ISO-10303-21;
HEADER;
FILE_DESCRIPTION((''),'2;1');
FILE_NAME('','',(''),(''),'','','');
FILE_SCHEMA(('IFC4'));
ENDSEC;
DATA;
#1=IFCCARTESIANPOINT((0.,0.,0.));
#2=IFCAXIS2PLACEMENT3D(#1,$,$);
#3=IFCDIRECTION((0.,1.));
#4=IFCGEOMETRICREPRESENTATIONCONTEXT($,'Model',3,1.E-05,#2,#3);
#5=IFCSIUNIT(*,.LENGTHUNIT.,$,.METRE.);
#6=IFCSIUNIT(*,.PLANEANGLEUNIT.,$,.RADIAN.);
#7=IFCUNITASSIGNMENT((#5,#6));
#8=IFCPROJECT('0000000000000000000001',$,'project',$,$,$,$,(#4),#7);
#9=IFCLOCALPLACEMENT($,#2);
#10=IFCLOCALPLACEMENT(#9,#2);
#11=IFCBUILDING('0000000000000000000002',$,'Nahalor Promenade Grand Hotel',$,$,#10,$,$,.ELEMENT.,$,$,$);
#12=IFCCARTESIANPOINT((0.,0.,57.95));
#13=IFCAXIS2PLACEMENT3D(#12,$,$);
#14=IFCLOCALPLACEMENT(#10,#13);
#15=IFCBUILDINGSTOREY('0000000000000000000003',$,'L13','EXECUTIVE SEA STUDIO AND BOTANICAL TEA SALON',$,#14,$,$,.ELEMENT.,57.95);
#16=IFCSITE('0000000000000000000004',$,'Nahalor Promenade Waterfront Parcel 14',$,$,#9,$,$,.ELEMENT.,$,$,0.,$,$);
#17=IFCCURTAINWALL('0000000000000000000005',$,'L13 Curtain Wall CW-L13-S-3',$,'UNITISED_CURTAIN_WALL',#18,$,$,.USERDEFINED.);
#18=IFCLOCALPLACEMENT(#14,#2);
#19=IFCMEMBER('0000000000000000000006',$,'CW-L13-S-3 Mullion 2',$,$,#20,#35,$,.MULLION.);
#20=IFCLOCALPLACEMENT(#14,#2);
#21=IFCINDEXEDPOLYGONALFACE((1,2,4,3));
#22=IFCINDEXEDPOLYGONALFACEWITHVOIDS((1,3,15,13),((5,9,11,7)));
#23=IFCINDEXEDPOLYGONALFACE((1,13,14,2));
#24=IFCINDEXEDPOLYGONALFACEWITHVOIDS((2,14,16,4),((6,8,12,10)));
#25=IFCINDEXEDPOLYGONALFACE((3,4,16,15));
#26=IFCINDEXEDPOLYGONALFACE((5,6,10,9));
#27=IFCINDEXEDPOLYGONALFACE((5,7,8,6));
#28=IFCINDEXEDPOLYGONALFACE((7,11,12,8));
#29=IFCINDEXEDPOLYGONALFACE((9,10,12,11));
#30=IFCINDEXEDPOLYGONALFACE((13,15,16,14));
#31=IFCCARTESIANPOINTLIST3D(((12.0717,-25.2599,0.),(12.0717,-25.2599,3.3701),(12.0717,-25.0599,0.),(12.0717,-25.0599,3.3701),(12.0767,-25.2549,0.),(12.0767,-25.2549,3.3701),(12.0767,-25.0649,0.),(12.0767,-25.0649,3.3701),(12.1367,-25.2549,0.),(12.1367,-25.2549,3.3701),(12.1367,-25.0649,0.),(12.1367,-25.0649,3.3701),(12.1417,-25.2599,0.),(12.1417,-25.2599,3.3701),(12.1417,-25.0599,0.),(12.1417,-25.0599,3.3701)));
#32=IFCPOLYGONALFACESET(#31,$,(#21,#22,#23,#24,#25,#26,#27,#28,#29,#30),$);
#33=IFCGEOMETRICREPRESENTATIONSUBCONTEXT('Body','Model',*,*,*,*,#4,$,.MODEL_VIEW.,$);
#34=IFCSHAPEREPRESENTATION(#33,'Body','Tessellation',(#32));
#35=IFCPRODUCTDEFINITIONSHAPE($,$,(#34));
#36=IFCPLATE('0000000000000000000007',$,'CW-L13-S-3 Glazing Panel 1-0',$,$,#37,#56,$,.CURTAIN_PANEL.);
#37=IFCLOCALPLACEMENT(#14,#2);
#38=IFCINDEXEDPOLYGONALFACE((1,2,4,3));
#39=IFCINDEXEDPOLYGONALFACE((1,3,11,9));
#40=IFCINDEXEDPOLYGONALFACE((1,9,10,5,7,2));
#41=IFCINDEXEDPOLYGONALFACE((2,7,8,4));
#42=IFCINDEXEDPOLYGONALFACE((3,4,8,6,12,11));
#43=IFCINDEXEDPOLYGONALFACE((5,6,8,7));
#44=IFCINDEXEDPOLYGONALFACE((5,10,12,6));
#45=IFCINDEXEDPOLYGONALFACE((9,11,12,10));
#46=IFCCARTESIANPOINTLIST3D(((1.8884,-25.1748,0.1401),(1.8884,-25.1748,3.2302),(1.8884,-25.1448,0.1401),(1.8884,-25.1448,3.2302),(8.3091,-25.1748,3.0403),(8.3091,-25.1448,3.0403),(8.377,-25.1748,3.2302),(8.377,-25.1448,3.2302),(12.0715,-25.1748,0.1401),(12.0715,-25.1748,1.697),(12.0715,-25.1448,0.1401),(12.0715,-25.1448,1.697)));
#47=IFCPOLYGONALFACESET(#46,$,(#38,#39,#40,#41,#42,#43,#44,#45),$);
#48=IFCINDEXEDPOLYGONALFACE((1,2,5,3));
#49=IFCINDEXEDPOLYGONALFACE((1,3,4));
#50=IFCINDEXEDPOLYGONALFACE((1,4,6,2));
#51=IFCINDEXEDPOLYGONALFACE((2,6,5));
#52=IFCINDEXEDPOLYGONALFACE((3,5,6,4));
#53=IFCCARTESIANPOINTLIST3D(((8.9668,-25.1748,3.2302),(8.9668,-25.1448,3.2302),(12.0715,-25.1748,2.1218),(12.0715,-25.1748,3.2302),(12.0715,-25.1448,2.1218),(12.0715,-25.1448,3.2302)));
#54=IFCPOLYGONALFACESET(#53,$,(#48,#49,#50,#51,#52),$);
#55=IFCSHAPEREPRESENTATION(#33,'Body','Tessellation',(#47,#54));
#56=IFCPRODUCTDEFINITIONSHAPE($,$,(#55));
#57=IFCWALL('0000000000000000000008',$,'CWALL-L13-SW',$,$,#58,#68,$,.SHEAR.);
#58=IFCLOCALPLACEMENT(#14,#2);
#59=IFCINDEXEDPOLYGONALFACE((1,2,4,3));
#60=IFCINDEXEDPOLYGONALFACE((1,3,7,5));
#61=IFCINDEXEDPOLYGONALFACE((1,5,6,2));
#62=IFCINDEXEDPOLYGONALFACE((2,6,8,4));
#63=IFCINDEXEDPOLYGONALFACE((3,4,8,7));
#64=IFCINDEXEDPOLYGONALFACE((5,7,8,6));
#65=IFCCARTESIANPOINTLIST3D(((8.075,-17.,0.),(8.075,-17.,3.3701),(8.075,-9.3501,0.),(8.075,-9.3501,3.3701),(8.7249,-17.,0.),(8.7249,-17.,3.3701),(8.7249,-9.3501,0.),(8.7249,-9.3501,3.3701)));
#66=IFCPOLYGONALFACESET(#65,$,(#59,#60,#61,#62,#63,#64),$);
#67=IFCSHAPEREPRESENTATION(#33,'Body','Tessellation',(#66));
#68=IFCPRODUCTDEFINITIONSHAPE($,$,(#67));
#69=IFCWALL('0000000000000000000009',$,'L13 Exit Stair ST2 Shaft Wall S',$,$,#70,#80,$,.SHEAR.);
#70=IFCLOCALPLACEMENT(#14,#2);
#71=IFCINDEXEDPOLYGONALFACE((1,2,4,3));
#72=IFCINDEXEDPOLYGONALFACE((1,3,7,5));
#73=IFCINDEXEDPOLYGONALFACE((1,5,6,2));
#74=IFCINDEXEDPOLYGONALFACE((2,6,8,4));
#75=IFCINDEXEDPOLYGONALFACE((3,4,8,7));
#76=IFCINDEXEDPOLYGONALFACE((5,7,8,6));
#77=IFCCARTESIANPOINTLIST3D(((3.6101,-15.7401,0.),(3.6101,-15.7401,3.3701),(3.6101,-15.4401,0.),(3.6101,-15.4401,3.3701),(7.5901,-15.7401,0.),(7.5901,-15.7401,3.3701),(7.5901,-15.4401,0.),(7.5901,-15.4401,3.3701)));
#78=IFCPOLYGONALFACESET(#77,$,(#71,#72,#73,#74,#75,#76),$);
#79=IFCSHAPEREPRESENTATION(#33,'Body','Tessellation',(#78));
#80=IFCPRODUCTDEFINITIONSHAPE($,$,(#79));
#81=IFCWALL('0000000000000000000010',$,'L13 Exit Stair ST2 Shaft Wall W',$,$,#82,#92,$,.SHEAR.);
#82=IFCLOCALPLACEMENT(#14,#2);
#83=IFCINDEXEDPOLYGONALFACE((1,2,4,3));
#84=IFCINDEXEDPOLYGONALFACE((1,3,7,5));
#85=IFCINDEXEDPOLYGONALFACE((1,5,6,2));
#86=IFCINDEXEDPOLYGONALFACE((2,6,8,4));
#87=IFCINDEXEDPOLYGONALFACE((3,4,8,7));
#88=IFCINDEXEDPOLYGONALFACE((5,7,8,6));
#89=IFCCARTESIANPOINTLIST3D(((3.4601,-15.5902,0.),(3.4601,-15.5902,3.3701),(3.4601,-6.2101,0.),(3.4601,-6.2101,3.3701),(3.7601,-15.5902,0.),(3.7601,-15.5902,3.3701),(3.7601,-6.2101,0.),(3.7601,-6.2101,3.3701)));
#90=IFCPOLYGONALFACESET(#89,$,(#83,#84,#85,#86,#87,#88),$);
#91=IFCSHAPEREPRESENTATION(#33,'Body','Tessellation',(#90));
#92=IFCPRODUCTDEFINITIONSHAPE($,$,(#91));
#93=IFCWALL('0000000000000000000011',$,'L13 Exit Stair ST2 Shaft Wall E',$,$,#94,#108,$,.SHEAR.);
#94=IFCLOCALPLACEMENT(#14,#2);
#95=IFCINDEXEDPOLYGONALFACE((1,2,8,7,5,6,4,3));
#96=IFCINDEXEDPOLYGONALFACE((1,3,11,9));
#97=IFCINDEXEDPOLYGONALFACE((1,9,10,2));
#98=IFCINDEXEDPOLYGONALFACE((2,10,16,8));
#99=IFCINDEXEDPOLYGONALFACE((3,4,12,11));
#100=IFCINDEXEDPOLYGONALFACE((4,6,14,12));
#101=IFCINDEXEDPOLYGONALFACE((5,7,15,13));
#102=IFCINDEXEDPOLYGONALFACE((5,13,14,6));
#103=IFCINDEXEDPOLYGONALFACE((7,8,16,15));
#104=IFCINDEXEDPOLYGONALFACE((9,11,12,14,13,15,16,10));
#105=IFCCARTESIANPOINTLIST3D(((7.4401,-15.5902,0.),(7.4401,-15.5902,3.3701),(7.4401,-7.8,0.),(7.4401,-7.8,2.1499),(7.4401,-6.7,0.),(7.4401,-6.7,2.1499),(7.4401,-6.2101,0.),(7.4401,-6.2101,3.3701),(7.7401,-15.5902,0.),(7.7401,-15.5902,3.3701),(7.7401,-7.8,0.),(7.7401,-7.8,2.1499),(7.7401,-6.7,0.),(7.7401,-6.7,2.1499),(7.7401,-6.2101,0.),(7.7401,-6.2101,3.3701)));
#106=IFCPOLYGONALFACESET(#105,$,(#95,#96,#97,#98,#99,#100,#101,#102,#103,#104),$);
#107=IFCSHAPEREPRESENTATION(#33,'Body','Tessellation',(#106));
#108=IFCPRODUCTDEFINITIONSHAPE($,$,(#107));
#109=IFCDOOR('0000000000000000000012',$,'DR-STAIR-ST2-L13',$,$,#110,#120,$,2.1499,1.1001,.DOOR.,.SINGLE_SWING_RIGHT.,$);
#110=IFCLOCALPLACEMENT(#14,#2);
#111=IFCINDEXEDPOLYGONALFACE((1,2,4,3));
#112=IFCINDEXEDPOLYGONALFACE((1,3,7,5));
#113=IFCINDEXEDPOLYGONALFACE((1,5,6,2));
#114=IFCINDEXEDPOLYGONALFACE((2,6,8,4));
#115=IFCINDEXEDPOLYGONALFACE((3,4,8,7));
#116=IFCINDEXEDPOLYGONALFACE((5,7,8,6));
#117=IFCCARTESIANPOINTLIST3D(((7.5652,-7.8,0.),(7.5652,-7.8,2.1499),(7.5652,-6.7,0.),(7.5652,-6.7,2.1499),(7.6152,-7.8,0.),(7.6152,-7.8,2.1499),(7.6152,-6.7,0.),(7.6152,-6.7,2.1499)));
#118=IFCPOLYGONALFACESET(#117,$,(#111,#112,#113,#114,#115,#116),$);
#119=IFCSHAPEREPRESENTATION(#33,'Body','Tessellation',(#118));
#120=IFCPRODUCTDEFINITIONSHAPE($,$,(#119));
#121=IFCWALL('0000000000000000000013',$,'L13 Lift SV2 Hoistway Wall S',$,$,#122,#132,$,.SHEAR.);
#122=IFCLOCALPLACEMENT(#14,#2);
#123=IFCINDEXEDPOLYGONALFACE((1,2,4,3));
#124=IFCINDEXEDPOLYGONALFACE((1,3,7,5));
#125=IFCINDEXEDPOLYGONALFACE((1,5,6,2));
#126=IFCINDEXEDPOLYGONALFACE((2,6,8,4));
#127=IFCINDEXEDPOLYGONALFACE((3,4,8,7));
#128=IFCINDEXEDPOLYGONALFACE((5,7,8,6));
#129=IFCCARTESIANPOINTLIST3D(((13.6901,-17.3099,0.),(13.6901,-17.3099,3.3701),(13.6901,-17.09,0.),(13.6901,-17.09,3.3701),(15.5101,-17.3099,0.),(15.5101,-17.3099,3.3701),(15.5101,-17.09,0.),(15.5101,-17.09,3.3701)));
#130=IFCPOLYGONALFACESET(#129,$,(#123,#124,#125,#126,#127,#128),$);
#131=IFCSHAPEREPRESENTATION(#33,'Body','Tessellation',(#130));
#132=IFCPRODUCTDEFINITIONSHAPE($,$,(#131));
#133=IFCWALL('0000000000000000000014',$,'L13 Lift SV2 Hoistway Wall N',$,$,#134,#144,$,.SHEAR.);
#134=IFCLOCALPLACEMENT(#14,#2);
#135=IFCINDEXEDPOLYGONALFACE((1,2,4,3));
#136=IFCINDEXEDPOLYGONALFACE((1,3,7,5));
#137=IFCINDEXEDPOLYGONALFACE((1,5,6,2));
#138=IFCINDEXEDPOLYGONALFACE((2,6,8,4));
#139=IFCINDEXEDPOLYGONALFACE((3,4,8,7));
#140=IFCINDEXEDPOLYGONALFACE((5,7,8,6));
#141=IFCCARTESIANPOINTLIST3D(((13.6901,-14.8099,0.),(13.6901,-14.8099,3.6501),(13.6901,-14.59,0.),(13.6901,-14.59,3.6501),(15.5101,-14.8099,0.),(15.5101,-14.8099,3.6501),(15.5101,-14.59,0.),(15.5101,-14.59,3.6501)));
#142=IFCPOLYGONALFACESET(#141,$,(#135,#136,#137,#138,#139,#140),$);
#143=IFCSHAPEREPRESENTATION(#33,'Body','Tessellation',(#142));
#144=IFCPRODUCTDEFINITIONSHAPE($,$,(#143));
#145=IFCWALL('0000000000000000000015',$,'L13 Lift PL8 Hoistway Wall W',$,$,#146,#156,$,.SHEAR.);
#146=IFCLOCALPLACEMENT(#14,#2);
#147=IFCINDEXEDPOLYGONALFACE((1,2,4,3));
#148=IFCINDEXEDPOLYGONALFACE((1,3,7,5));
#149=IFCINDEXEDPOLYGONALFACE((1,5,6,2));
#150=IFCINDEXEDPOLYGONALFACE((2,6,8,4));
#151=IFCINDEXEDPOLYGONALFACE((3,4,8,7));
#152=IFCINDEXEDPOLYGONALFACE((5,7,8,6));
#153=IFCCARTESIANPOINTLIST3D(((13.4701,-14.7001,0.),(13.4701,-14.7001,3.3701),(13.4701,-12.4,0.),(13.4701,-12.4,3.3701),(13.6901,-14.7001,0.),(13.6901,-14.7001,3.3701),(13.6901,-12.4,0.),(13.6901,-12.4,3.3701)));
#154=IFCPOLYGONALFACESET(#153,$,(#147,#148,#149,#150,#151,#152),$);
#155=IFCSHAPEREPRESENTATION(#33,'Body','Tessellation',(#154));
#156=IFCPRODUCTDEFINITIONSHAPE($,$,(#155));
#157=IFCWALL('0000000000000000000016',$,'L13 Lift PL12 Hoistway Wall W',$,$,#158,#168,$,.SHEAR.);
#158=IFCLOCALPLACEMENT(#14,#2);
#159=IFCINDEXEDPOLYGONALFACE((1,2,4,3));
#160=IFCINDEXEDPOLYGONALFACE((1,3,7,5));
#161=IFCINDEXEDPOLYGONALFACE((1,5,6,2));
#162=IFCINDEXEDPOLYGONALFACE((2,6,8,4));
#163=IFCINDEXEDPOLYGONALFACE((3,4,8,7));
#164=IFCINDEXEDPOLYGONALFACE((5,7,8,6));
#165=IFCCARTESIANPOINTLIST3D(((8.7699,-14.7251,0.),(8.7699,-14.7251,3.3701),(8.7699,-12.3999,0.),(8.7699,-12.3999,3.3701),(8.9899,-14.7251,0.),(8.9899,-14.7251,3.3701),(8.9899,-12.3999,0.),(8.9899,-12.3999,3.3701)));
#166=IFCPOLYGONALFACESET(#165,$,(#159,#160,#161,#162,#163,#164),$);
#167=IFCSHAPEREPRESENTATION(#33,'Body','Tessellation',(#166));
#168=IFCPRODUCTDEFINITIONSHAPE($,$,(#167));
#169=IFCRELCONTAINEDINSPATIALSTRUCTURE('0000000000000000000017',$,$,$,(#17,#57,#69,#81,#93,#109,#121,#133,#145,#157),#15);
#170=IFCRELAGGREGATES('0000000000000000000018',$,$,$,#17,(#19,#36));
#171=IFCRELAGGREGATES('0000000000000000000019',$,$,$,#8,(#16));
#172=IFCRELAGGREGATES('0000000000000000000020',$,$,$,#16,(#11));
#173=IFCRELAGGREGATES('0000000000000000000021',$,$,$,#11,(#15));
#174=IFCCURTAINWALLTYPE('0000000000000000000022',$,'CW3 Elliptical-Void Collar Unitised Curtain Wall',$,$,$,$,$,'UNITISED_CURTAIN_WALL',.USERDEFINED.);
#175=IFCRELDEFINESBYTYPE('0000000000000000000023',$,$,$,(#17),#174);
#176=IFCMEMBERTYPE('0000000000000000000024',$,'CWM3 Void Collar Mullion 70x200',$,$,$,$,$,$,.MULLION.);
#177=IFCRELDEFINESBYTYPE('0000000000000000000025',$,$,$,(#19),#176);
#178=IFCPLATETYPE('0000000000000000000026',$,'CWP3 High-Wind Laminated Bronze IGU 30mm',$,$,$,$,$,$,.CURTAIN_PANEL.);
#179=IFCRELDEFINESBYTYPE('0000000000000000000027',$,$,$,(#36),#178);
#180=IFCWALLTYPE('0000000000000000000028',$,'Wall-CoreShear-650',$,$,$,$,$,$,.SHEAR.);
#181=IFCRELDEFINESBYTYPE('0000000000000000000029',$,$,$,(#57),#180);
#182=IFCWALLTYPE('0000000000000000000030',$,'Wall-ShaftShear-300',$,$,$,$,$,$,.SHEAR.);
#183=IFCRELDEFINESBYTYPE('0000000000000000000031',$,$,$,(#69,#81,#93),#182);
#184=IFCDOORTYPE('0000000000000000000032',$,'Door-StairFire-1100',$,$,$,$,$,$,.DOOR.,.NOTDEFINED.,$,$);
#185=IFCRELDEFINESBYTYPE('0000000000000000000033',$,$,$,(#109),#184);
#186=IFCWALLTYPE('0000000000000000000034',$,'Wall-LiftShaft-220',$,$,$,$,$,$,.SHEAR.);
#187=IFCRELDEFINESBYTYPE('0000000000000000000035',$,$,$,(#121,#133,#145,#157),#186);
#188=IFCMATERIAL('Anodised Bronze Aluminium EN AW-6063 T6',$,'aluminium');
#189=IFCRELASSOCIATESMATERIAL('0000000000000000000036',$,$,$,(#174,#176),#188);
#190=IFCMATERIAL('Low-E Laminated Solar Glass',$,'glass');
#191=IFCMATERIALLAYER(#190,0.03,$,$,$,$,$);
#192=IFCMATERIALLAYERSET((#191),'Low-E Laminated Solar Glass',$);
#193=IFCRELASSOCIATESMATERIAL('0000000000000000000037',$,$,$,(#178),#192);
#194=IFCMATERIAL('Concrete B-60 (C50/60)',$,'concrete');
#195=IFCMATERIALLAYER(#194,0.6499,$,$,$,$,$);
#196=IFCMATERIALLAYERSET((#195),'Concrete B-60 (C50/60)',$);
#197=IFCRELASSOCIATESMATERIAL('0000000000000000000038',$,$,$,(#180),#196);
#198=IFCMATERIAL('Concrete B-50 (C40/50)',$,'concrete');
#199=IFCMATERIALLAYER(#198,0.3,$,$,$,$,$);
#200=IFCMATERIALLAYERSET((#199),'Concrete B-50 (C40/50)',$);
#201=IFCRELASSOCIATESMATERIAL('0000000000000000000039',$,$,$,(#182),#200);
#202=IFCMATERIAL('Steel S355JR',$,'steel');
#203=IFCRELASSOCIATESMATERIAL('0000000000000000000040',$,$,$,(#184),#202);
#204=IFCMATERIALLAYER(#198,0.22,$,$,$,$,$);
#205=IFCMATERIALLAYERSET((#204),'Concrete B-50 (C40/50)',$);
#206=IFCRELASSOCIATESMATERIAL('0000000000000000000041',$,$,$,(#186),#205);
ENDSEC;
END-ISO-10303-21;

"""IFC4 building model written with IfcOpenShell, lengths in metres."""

from ifc_helpers import new_model, si_unit, direction, frame, frame_2d, origin, origin_2d, place, context, subcontext, project, spatial, polyline, rectangle, hollow_rectangle, outline, extrude, source, transform, mapped, material, layer, layer_set, material_profile, profile_set, type_object, element, fill, aggregate, save


model = new_model("IFC4")

# Units and contexts
model_context = context("Model", 3, precision=1e-05, world=origin(), true_north=direction((0.0, 1.0)))
body_context = subcontext(model_context, "Body", "Model", "MODEL_VIEW")
ifc_project = project(units=[si_unit("LENGTHUNIT", "METRE"), si_unit("PLANEANGLEUNIT", "RADIAN")], contexts=[model_context])

# Site, building, storey
site_placement = place(None, origin())
site = spatial("IfcSite", under=ifc_project, at=site_placement, Name="Nahalor Promenade Waterfront Parcel 14", CompositionType="ELEMENT", RefElevation=0.0)
building_placement = place(site_placement, origin())
building = spatial("IfcBuilding", under=site, at=building_placement, Name="Nahalor Promenade Grand Hotel", CompositionType="ELEMENT")
storey_placement = place(building_placement, frame((0.0, 0.0, 57.95)))
storey = spatial("IfcBuildingStorey", under=building, at=storey_placement, Name="L13", Description="EXECUTIVE SEA STUDIO AND BOTANICAL TEA SALON", CompositionType="ELEMENT", Elevation=57.95)

# Shared definitions
ifc_material_1 = material(Name="Steel S355JR", Category="steel")

# Curtain wall, member, plate
ifc_material_2 = material(Name="Anodised Bronze Aluminium EN AW-6063 T6", Category="aluminium")
curtain_wall_type = type_object("IfcCurtainWallType", Name="CW3 Elliptical-Void Collar Unitised Curtain Wall", ElementType="UNITISED_CURTAIN_WALL", PredefinedType="USERDEFINED", material=ifc_material_2)
curtain_wall_placement = place(storey_placement, origin())
curtain_wall = element("IfcCurtainWall", 1, at=curtain_wall_placement, inside=storey, type_object=curtain_wall_type, Name="L13 Curtain Wall CW-L13-S-3", ObjectType="UNITISED_CURTAIN_WALL", PredefinedType="USERDEFINED")
ifc_material_profile_1 = material_profile(ifc_material_2, hollow_rectangle(XDim=0.07, YDim=0.2, WallThickness=0.005, at=origin_2d()), Name="CWM 70x200x5")
ifc_profile_set_1 = profile_set([ifc_material_profile_1], Name="Anodised Bronze Aluminium EN AW-6063 T6")
member_type_1 = type_object("IfcMemberType", Name="CWM3 Void Collar Mullion 70x200", PredefinedType="MULLION", material=ifc_profile_set_1)
shared_shape_1 = source(origin(), body_context, "Body", "SweptSolid", [
    extrude(hollow_rectangle(XDim=0.07, YDim=0.2, WallThickness=0.005, at=origin_2d()), origin(), (0.0, 0.0, 1.0), 3.3701),
])
member_1_placement = place(storey_placement, frame((12.1067, -25.1599, 0.0), z_axis=(0.0, 0.0, 1.0), x_axis=(1.0, 0.0, 0.0)))
member_1 = element("IfcMember", 2, at=member_1_placement, type_object=member_type_1, Name="CW-L13-S-3 Mullion 2", PredefinedType="MULLION", context=body_context, shape_type="MappedRepresentation", body=[
    mapped(shared_shape_1, transform((0.0, 0.0, 0.0), scale=1.0)),
])
ifc_material_3 = material(Name="Low-E Laminated Solar Glass", Category="glass")
ifc_layer_1 = layer(ifc_material_3, 0.03)
ifc_layer_set_1 = layer_set([ifc_layer_1], Name="Low-E Laminated Solar Glass")
plate_type = type_object("IfcPlateType", Name="CWP3 High-Wind Laminated Bronze IGU 30mm", PredefinedType="CURTAIN_PANEL", material=ifc_layer_set_1)
plate_placement = place(storey_placement, frame((6.98, -25.1599, 0.1401), z_axis=(0.0, 0.0, 1.0), x_axis=(1.0, 0.0, 0.0)))
plate = element("IfcPlate", 3, at=plate_placement, type_object=plate_type, Name="CW-L13-S-3 Glazing Panel 1-0", PredefinedType="CURTAIN_PANEL", context=body_context, shape_type="SweptSolid", body=[
    extrude(outline(polyline([(-5.0916, 0.0), (5.0916, 0.0), (5.0916, 1.5569), (1.3291, 2.9001), (1.397, 3.0901), (-5.0916, 3.0901), (-5.0916, 0.0)])), frame((0.0, 0.0151, 0.0), z_axis=(0.0, -1.0, 0.0), x_axis=(1.0, 0.0, 0.0)), (0.0, 0.0, 1.0), 0.03),
    extrude(outline(polyline([(5.0916, 1.9817), (5.0916, 3.0901), (1.9868, 3.0901), (5.0916, 1.9817)])), frame((0.0, 0.0151, 0.0), z_axis=(0.0, -1.0, 0.0), x_axis=(1.0, 0.0, 0.0)), (0.0, 0.0, 1.0), 0.03),
])
aggregate(curtain_wall, [member_1, plate])

# Walls
ifc_material_4 = material(Name="Concrete B-60 (C50/60)", Category="concrete")
ifc_layer_2 = layer(ifc_material_4, 0.6499)
ifc_layer_set_2 = layer_set([ifc_layer_2], Name="Concrete B-60 (C50/60)")
wall_type_1 = type_object("IfcWallType", Name="Wall-CoreShear-650", PredefinedType="SHEAR", material=ifc_layer_set_2)
shared_shape_2 = source(origin(), body_context, "Body", "SweptSolid", [
    extrude(rectangle(XDim=7.6499, YDim=0.6499, at=frame_2d((3.825, 0.0))), origin(), (0.0, 0.0, 1.0), 3.3701),
])
wall_1_placement = place(storey_placement, frame((8.3999, -17.0, 0.0), z_axis=(0.0, 0.0, 1.0), x_axis=(0.0, 1.0, 0.0)))
element("IfcWall", 4, at=wall_1_placement, inside=storey, type_object=wall_type_1, Name="CWALL-L13-SW", PredefinedType="SHEAR", context=body_context, shape_type="MappedRepresentation", body=[
    mapped(shared_shape_2, transform((0.0, 0.0, 0.0), scale=1.0)),
])
ifc_material_5 = material(Name="Concrete B-50 (C40/50)", Category="concrete")
ifc_layer_3 = layer(ifc_material_5, 0.3)
ifc_layer_set_3 = layer_set([ifc_layer_3], Name="Concrete B-50 (C40/50)")
wall_type_2 = type_object("IfcWallType", Name="Wall-ShaftShear-300", PredefinedType="SHEAR", material=ifc_layer_set_3)
shared_shape_3 = source(origin(), body_context, "Body", "SweptSolid", [
    extrude(rectangle(XDim=3.98, YDim=0.3, at=frame_2d((1.99, 0.0))), origin(), (0.0, 0.0, 1.0), 3.3701),
])
wall_2_placement = place(storey_placement, frame((3.6101, -15.5901, 0.0), z_axis=(0.0, 0.0, 1.0), x_axis=(1.0, 0.0, 0.0)))
element("IfcWall", 5, at=wall_2_placement, inside=storey, type_object=wall_type_2, Name="L13 Exit Stair ST2 Shaft Wall S", PredefinedType="SHEAR", context=body_context, shape_type="MappedRepresentation", body=[
    mapped(shared_shape_3, transform((0.0, 0.0, 0.0), scale=1.0)),
])
shared_shape_4 = source(origin(), body_context, "Body", "SweptSolid", [
    extrude(rectangle(XDim=9.3801, YDim=0.3, at=frame_2d((4.6899, 0.0))), origin(), (0.0, 0.0, 1.0), 3.3701),
])
wall_3_placement = place(storey_placement, frame((3.6101, -15.5901, 0.0), z_axis=(0.0, 0.0, 1.0), x_axis=(0.0, 1.0, 0.0)))
element("IfcWall", 6, at=wall_3_placement, inside=storey, type_object=wall_type_2, Name="L13 Exit Stair ST2 Shaft Wall W", PredefinedType="SHEAR", context=body_context, shape_type="MappedRepresentation", body=[
    mapped(shared_shape_4, transform((0.0, 0.0, 0.0), scale=1.0)),
])

# Wall, opening, door
wall_4_placement = place(storey_placement, frame((7.5901, -15.5901, 0.0), z_axis=(0.0, 0.0, 1.0), x_axis=(0.0, 1.0, 0.0)))
wall_4 = element("IfcWall", 7, at=wall_4_placement, inside=storey, type_object=wall_type_2, Name="L13 Exit Stair ST2 Shaft Wall E", PredefinedType="SHEAR", context=body_context, shape_type="MappedRepresentation", body=[
    mapped(shared_shape_4, transform((0.0, 0.0, 0.0), scale=1.0)),
])
opening_1_placement = place(wall_4_placement, frame((7.79, 0.0, 0.0)))
opening_1 = element("IfcOpeningElement", 8, at=opening_1_placement, cuts=wall_4, PredefinedType="OPENING", context=body_context, shape_type="SweptSolid", body=[
    extrude(rectangle(XDim=1.1001, YDim=2.1499, at=frame_2d((0.55, 1.075))), frame((0.0, 0.1599, 0.0), z_axis=(0.0, -1.0, 0.0), x_axis=(1.0, 0.0, 0.0)), (0.0, 0.0, 1.0), 0.3201),
])
door_type_1 = type_object("IfcDoorType", Name="Door-StairFire-1100", OperationType="NOTDEFINED", PredefinedType="DOOR", material=ifc_material_1)
shared_shape_5 = source(origin(), body_context, "Body", "SweptSolid", [
    extrude(rectangle(XDim=1.1001, YDim=2.1499, at=frame_2d((0.55, 1.075))), frame((0.0, 0.0249, 0.0), z_axis=(0.0, -1.0, 0.0), x_axis=(1.0, 0.0, 0.0)), (0.0, 0.0, 1.0), 0.05),
])
door_1_placement = place(opening_1_placement, origin())
door_1 = element("IfcDoor", 9, at=door_1_placement, inside=storey, type_object=door_type_1, Name="DR-STAIR-ST2-L13", OperationType="SINGLE_SWING_RIGHT", OverallHeight=2.1499, OverallWidth=1.1001, PredefinedType="DOOR", context=body_context, shape_type="MappedRepresentation", body=[
    mapped(shared_shape_5, transform((0.0, 0.0, 0.0), scale=1.0)),
])
fill(opening_1, door_1)

# Walls
ifc_layer_4 = layer(ifc_material_5, 0.22)
ifc_layer_set_4 = layer_set([ifc_layer_4], Name="Concrete B-50 (C40/50)")
wall_type_3 = type_object("IfcWallType", Name="Wall-LiftShaft-220", PredefinedType="SHEAR", material=ifc_layer_set_4)
shared_shape_6 = source(origin(), body_context, "Body", "SweptSolid", [
    extrude(rectangle(XDim=1.8201, YDim=0.22, at=frame_2d((0.9102, 0.0))), origin(), (0.0, 0.0, 1.0), 3.3701),
])
wall_5_placement = place(storey_placement, frame((13.6899, -17.2, 0.0), z_axis=(0.0, 0.0, 1.0), x_axis=(1.0, 0.0, 0.0)))
element("IfcWall", 10, at=wall_5_placement, inside=storey, type_object=wall_type_3, Name="L13 Lift SV2 Hoistway Wall S", PredefinedType="SHEAR", context=body_context, shape_type="MappedRepresentation", body=[
    mapped(shared_shape_6, transform((0.0, 0.0, 0.0), scale=1.0)),
])
shared_shape_7 = source(origin(), body_context, "Body", "SweptSolid", [
    extrude(rectangle(XDim=1.8201, YDim=0.22, at=frame_2d((0.9102, 0.0))), origin(), (0.0, 0.0, 1.0), 3.6501),
])
wall_6_placement = place(storey_placement, frame((13.6899, -14.7, 0.0), z_axis=(0.0, 0.0, 1.0), x_axis=(1.0, 0.0, 0.0)))
element("IfcWall", 11, at=wall_6_placement, inside=storey, type_object=wall_type_3, Name="L13 Lift SV2 Hoistway Wall N", PredefinedType="SHEAR", context=body_context, shape_type="MappedRepresentation", body=[
    mapped(shared_shape_7, transform((0.0, 0.0, 0.0), scale=1.0)),
])
shared_shape_8 = source(origin(), body_context, "Body", "SweptSolid", [
    extrude(rectangle(XDim=2.3, YDim=0.22, at=frame_2d((1.1499, 0.0))), origin(), (0.0, 0.0, 1.0), 3.3701),
])
wall_7_placement = place(storey_placement, frame((13.5801, -14.7, 0.0), z_axis=(0.0, 0.0, 1.0), x_axis=(0.0, 1.0, 0.0)))
element("IfcWall", 12, at=wall_7_placement, inside=storey, type_object=wall_type_3, Name="L13 Lift PL8 Hoistway Wall W", PredefinedType="SHEAR", context=body_context, shape_type="MappedRepresentation", body=[
    mapped(shared_shape_8, transform((0.0, 0.0, 0.0), scale=1.0)),
])
shared_shape_9 = source(origin(), body_context, "Body", "SweptSolid", [
    extrude(rectangle(XDim=2.3252, YDim=0.22, at=frame_2d((1.1626, 0.0))), origin(), (0.0, 0.0, 1.0), 3.3701),
])
for number, where, z_axis, x_axis, name in (
    (13, (8.8799, -14.7251, 0.0), (0.0, 0.0, 1.0), (0.0, 1.0, 0.0), "L13 Lift PL12 Hoistway Wall W"),
):
    element("IfcWall", number, at=place(storey_placement, frame(where, z_axis=z_axis, x_axis=x_axis)), inside=storey, type_object=wall_type_3, Name=name, PredefinedType="SHEAR", context=body_context, shape_type="MappedRepresentation", body=[
        mapped(shared_shape_9, transform((0.0, 0.0, 0.0), scale=1.0)),
    ])

save(model, "model.ifc")
